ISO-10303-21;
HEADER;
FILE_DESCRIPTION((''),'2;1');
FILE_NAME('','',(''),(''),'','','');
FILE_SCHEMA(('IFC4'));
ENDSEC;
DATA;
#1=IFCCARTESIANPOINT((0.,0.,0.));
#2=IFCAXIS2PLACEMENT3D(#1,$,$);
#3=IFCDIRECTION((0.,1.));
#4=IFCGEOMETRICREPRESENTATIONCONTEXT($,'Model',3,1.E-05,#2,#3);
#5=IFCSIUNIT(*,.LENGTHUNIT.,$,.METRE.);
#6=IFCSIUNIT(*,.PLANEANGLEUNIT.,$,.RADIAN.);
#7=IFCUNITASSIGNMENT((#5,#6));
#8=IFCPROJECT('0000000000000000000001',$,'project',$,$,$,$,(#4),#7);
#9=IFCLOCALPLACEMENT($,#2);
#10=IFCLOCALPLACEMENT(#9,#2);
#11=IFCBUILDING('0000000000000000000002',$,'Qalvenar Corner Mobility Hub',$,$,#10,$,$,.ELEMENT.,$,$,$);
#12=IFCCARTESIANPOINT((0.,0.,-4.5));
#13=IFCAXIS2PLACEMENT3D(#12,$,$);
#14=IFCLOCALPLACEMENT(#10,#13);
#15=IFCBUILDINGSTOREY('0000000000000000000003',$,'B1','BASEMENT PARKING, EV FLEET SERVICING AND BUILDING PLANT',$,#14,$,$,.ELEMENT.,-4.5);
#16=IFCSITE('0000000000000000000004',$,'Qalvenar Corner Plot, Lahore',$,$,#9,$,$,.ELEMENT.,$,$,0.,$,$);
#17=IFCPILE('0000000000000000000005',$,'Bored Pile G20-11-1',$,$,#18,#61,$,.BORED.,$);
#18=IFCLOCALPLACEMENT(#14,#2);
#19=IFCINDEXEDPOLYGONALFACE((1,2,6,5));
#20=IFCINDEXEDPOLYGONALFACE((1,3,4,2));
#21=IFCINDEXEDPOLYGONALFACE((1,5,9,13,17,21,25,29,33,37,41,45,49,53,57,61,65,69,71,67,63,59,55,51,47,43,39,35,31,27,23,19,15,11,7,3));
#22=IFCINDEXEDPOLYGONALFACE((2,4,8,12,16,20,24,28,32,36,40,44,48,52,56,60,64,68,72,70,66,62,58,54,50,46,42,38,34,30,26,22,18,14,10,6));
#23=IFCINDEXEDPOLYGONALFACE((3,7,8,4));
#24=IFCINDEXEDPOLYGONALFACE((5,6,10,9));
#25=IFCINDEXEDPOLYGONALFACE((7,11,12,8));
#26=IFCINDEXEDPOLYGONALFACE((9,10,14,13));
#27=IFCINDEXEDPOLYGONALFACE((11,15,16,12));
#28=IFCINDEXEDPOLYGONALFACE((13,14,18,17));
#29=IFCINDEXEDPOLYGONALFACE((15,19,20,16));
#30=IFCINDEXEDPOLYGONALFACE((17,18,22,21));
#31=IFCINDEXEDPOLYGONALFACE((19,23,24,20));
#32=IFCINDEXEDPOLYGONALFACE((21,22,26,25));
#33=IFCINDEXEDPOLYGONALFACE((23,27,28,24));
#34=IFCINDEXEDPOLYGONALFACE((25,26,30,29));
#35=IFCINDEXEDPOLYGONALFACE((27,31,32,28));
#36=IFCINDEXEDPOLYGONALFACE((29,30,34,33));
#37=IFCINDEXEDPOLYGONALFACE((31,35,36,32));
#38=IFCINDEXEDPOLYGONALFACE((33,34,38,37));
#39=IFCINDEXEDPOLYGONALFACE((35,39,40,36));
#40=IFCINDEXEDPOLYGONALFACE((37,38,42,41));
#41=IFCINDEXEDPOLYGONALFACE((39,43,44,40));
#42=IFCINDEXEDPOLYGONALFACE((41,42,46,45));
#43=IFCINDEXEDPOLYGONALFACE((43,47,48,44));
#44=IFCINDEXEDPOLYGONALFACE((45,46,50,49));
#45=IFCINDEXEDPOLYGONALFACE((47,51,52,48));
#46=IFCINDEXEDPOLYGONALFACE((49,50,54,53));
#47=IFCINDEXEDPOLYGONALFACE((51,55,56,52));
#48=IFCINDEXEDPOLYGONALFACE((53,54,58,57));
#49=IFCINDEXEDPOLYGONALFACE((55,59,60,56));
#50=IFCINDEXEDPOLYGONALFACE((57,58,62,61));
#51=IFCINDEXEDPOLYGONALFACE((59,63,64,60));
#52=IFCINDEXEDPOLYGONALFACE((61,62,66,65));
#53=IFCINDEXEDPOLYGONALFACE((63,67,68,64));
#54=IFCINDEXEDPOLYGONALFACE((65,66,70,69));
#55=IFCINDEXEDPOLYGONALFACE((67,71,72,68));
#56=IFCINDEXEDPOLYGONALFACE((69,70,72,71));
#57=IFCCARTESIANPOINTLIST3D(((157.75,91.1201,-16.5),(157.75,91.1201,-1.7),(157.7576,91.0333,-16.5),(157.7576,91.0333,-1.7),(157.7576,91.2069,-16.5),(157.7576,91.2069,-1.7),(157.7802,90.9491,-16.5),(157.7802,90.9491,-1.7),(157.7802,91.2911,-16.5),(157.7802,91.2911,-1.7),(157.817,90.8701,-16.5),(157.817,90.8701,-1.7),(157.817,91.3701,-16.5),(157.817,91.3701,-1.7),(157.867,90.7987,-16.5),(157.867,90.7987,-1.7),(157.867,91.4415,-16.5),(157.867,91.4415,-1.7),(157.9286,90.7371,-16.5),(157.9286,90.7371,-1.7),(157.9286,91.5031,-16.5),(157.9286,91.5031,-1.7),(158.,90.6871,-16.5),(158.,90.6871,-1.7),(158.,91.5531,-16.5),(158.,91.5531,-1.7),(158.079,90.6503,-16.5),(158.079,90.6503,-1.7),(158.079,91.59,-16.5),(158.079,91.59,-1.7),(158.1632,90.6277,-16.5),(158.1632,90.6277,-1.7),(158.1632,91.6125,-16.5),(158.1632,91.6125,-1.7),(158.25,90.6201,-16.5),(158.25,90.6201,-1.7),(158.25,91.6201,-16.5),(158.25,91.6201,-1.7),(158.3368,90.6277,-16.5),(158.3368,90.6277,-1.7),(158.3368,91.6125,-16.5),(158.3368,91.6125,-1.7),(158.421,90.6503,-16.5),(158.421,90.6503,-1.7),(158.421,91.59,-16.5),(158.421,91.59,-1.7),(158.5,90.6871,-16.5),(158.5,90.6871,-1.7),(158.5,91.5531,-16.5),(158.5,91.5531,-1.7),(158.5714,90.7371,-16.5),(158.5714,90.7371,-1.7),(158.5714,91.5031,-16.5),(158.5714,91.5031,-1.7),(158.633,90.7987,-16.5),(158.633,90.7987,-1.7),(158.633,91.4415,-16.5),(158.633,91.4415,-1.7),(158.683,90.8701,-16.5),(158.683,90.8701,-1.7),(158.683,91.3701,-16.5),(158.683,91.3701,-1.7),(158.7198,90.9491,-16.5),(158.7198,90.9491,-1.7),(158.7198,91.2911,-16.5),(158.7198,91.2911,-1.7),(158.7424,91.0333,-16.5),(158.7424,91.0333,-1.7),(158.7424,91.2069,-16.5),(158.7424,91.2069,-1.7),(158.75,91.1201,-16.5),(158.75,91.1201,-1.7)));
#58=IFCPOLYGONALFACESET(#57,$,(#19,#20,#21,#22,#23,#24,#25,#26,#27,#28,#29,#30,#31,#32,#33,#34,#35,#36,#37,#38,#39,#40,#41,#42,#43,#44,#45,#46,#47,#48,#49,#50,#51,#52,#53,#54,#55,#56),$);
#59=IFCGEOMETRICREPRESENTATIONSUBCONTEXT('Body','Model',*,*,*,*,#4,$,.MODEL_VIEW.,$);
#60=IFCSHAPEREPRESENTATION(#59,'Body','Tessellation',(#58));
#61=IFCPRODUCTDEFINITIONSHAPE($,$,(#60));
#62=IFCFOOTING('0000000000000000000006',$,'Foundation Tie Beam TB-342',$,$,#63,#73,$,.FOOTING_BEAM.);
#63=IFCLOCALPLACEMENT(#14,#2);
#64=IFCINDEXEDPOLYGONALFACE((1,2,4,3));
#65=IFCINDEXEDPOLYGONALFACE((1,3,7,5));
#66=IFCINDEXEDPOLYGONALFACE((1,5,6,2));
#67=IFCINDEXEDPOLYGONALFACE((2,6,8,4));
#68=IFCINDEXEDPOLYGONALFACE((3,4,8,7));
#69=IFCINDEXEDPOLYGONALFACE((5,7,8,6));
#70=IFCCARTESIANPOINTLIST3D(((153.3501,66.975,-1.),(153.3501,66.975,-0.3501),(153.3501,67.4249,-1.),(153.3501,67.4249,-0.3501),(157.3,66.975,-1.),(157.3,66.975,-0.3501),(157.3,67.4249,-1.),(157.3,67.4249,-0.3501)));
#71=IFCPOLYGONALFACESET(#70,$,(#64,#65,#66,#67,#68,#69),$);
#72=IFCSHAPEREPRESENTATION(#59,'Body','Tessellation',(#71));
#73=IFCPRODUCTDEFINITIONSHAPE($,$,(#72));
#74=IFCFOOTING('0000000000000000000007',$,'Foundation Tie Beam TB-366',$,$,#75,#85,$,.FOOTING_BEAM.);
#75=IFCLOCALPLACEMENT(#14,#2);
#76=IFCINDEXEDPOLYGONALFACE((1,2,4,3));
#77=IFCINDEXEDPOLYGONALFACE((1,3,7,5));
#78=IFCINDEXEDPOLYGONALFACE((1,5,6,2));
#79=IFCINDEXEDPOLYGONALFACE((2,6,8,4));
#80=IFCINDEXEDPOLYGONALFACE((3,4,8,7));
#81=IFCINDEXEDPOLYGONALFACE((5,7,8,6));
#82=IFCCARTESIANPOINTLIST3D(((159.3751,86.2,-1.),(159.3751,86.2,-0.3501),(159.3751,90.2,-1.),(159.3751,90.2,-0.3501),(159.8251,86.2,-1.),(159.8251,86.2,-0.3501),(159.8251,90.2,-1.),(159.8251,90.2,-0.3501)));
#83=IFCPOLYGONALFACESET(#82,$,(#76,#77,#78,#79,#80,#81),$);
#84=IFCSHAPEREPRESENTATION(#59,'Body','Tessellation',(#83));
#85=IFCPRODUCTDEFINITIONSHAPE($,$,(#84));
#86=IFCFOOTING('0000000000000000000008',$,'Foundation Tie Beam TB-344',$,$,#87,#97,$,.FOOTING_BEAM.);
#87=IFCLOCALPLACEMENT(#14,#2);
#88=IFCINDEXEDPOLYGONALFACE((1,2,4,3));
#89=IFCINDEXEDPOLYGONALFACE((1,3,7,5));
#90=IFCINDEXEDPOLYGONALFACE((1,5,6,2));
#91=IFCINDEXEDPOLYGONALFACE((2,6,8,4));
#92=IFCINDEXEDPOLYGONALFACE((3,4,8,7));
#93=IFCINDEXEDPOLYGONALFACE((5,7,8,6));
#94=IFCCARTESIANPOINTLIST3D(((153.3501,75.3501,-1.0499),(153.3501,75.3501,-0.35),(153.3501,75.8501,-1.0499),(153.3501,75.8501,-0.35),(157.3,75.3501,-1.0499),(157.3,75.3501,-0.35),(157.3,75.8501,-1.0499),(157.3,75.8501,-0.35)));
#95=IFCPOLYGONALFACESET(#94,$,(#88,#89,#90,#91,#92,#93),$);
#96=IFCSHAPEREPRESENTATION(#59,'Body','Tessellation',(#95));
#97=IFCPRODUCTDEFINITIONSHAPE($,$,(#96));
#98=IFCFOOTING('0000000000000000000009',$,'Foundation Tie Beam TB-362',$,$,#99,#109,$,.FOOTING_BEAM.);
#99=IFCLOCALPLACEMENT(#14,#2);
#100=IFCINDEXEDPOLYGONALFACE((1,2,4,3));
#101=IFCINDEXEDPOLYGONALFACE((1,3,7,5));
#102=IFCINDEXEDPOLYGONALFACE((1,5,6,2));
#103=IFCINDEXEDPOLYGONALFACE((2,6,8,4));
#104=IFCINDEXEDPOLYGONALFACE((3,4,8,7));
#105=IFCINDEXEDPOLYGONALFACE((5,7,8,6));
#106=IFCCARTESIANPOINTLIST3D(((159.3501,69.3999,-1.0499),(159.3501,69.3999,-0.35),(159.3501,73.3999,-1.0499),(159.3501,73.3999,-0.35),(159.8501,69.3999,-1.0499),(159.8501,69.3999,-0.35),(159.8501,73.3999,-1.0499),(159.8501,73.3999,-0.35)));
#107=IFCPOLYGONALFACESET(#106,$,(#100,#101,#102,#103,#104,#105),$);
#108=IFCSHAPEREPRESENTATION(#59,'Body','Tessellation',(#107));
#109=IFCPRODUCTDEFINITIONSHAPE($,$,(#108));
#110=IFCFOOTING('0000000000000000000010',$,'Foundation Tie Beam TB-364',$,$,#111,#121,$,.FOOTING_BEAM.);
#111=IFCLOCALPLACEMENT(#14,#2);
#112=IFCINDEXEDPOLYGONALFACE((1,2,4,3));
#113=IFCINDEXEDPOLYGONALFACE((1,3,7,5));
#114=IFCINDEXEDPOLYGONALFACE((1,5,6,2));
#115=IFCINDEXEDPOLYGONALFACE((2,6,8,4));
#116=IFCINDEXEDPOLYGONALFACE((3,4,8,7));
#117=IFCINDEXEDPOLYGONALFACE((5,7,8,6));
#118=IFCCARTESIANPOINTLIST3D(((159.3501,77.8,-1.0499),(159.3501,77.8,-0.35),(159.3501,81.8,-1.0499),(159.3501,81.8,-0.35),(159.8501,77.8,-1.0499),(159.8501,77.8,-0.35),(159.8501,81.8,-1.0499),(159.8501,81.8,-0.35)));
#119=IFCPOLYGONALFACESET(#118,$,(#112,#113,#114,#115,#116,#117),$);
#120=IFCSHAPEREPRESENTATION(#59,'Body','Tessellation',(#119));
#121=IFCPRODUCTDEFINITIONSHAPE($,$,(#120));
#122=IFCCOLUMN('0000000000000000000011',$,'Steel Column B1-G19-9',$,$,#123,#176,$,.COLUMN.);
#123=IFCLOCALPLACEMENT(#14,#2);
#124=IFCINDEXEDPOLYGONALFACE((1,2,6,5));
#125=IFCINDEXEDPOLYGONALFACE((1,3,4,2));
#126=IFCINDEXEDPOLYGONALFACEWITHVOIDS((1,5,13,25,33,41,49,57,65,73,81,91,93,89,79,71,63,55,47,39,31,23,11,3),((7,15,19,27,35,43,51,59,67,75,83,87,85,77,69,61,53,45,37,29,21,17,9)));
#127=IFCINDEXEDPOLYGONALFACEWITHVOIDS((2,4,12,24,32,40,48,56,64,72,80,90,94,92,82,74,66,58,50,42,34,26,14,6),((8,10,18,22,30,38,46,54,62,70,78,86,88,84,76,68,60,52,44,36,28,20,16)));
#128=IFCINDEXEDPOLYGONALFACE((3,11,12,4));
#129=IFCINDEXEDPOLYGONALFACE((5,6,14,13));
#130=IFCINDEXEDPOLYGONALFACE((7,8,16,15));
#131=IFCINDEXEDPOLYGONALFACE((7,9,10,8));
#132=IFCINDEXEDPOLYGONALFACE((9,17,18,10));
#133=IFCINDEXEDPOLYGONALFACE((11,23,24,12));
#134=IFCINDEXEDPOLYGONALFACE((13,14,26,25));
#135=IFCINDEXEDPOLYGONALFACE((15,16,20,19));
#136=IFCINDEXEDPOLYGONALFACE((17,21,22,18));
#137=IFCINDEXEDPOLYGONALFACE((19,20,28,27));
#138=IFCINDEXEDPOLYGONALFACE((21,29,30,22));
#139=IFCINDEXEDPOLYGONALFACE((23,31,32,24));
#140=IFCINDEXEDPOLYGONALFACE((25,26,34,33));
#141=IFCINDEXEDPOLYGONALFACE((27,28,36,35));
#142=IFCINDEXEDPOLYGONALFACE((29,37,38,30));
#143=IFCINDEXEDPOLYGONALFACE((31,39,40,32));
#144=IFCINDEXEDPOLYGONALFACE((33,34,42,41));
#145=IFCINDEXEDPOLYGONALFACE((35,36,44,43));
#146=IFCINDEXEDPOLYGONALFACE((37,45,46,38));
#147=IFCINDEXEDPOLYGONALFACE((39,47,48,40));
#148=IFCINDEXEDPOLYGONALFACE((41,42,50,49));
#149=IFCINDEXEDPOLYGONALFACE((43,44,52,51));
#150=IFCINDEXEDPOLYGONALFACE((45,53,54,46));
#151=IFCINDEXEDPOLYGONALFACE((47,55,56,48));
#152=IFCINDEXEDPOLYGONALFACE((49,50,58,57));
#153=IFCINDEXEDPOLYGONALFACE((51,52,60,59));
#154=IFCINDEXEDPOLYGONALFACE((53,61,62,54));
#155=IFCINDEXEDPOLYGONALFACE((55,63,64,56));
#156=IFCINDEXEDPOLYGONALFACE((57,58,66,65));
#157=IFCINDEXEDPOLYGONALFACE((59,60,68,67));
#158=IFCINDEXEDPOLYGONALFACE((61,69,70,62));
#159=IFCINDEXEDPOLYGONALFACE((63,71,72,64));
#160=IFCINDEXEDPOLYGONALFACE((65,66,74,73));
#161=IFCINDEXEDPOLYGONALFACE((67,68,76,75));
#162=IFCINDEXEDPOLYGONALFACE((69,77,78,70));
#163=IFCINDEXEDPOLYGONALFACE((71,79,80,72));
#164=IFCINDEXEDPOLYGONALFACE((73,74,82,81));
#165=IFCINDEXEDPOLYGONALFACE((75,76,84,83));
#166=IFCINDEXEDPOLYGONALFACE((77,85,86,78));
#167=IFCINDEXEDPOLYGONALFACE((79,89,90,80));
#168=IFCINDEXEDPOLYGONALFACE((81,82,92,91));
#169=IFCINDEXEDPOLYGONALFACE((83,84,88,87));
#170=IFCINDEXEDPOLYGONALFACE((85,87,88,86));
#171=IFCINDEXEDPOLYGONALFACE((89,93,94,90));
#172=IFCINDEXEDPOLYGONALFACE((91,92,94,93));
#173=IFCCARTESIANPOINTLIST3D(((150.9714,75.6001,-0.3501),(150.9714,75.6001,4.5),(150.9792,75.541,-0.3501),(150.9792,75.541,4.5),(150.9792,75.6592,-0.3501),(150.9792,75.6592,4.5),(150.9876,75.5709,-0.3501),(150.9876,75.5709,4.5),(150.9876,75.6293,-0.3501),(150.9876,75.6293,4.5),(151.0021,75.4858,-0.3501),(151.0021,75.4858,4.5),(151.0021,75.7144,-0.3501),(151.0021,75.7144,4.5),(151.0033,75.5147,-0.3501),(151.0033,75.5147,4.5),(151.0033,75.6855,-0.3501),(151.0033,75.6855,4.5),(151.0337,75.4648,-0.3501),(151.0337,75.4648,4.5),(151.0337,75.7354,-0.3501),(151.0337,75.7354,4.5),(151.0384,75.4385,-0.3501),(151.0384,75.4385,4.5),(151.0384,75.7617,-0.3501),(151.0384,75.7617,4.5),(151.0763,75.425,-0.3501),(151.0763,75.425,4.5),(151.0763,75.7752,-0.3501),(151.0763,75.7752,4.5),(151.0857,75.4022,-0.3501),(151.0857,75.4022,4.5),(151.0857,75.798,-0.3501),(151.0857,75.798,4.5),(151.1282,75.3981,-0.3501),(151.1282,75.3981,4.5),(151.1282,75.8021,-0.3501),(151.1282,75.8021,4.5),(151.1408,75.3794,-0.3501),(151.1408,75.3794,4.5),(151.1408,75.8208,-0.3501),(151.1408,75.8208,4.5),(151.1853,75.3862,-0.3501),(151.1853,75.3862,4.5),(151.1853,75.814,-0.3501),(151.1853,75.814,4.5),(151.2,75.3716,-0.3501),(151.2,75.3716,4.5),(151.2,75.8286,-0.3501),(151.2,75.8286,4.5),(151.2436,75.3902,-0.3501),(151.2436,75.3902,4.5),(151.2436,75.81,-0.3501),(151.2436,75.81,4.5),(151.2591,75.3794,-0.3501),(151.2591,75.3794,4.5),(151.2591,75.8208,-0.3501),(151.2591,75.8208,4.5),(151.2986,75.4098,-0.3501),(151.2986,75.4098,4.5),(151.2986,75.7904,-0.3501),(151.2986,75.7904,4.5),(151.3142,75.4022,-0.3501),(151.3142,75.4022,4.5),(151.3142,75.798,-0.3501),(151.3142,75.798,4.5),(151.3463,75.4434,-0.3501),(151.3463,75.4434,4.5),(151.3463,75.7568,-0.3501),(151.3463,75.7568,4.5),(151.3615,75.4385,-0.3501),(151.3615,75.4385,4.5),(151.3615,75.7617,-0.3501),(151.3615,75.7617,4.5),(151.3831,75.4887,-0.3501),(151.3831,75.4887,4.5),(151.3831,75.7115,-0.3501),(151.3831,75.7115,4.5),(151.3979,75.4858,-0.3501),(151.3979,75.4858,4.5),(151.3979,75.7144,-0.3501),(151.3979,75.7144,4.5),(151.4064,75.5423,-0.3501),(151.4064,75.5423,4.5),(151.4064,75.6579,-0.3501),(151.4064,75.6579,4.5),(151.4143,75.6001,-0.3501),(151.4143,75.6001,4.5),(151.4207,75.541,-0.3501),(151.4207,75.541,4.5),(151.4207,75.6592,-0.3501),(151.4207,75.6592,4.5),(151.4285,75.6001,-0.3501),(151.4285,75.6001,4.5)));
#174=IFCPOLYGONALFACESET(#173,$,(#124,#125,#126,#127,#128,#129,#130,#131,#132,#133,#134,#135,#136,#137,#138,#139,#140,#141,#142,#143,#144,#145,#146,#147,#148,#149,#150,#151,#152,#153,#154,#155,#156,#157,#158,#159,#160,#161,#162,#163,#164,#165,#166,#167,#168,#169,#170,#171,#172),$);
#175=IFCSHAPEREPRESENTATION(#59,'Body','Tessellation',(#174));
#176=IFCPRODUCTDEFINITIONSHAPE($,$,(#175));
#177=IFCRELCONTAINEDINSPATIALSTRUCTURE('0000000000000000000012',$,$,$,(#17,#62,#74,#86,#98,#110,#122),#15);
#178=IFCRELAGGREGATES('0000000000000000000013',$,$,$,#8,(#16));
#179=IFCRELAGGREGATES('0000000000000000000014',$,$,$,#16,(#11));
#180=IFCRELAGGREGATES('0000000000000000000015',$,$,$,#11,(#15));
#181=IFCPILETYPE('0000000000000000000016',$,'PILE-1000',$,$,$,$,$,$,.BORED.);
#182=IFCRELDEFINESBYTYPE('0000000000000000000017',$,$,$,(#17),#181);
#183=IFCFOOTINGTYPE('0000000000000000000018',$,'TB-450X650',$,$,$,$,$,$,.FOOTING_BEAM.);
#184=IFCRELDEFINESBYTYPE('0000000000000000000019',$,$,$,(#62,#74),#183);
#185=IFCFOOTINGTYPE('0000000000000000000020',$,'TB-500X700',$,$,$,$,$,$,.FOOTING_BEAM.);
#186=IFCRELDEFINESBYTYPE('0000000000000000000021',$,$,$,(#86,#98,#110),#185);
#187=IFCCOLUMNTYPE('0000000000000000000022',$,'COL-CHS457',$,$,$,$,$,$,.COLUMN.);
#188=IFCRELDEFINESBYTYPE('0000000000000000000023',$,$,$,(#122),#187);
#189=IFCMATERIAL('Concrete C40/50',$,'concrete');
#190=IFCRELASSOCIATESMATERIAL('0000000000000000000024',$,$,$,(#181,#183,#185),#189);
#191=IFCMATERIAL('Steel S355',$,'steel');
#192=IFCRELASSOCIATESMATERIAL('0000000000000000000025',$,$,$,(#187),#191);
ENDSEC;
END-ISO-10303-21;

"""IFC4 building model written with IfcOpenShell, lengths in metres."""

from ifc_helpers import new_model, si_unit, direction, frame, origin, origin_2d, place, context, subcontext, project, spatial, rectangle, circle, hollow_circle, extrude, material, material_profile, profile_set, type_object, element, save


model = new_model("IFC4")

# Units and contexts
model_context = context("Model", 3, precision=1e-05, world=origin(), true_north=direction((0.0, 1.0)))
body_context = subcontext(model_context, "Body", "Model", "MODEL_VIEW")
ifc_project = project(units=[si_unit("LENGTHUNIT", "METRE"), si_unit("PLANEANGLEUNIT", "RADIAN")], contexts=[model_context])

# Site, building, storey
site_placement = place(None, origin())
site = spatial("IfcSite", under=ifc_project, at=site_placement, Name="Qalvenar Corner Plot, Lahore", CompositionType="ELEMENT", RefElevation=0.0)
building_placement = place(site_placement, origin())
building = spatial("IfcBuilding", under=site, at=building_placement, Name="Qalvenar Corner Mobility Hub", CompositionType="ELEMENT")
storey_placement = place(building_placement, frame((0.0, 0.0, -4.5)))
storey = spatial("IfcBuildingStorey", under=building, at=storey_placement, Name="B1", Description="BASEMENT PARKING, EV FLEET SERVICING AND BUILDING PLANT", CompositionType="ELEMENT", Elevation=-4.5)

# Shared definitions
ifc_material_1 = material(Name="Concrete C40/50", Category="concrete")

# Pile
ifc_material_profile_1 = material_profile(ifc_material_1, circle(Radius=0.5, at=origin_2d()), Name="DIA1000")
ifc_profile_set_1 = profile_set([ifc_material_profile_1], Name="Concrete C40/50")
pile_type = type_object("IfcPileType", Name="PILE-1000", PredefinedType="BORED", material=ifc_profile_set_1)
for number, where, z_axis, x_axis, name in (
    (1, (158.25, 91.1201, -1.7), (0.0, 0.0, -1.0), (1.0, 0.0, 0.0), "Bored Pile G20-11-1"),
):
    element("IfcPile", number, at=place(storey_placement, frame(where, z_axis=z_axis, x_axis=x_axis)), inside=storey, type_object=pile_type, Name=name, PredefinedType="BORED", context=body_context, shape_type="SweptSolid", body=[
        extrude(circle(Radius=0.5, at=origin_2d()), origin(), (0.0, 0.0, 1.0), 14.8),
    ])

# Footings
ifc_material_profile_2 = material_profile(ifc_material_1, rectangle(XDim=0.45, YDim=0.6499, at=origin_2d()), Name="RC450x650")
ifc_profile_set_2 = profile_set([ifc_material_profile_2], Name="Concrete C40/50")
footing_type_1 = type_object("IfcFootingType", Name="TB-450X650", PredefinedType="FOOTING_BEAM", material=ifc_profile_set_2)
footing_1_placement = place(storey_placement, frame((153.3501, 67.2, -0.675), z_axis=(1.0, 0.0, 0.0), x_axis=(0.0, 1.0, 0.0)))
element("IfcFooting", 2, at=footing_1_placement, inside=storey, type_object=footing_type_1, Name="Foundation Tie Beam TB-342", PredefinedType="FOOTING_BEAM", context=body_context, shape_type="SweptSolid", body=[
    extrude(rectangle(XDim=0.45, YDim=0.6499, at=origin_2d()), origin(), (0.0, 0.0, 1.0), 3.95),
])
footing_2_placement = place(storey_placement, frame((159.6001, 86.2, -0.675), z_axis=(0.0, 1.0, 0.0), x_axis=(-1.0, 0.0, 0.0)))
element("IfcFooting", 3, at=footing_2_placement, inside=storey, type_object=footing_type_1, Name="Foundation Tie Beam TB-366", PredefinedType="FOOTING_BEAM", context=body_context, shape_type="SweptSolid", body=[
    extrude(rectangle(XDim=0.45, YDim=0.6499, at=origin_2d()), origin(), (0.0, 0.0, 1.0), 4.0),
])
ifc_material_profile_3 = material_profile(ifc_material_1, rectangle(XDim=0.5, YDim=0.7, at=origin_2d()), Name="RC500x700")
ifc_profile_set_3 = profile_set([ifc_material_profile_3], Name="Concrete C40/50")
footing_type_2 = type_object("IfcFootingType", Name="TB-500X700", PredefinedType="FOOTING_BEAM", material=ifc_profile_set_3)
footing_3_placement = place(storey_placement, frame((153.3501, 75.6001, -0.7), z_axis=(1.0, 0.0, 0.0), x_axis=(0.0, 1.0, 0.0)))
element("IfcFooting", 4, at=footing_3_placement, inside=storey, type_object=footing_type_2, Name="Foundation Tie Beam TB-344", PredefinedType="FOOTING_BEAM", context=body_context, shape_type="SweptSolid", body=[
    extrude(rectangle(XDim=0.5, YDim=0.7, at=origin_2d()), origin(), (0.0, 0.0, 1.0), 3.95),
])
for number, where, z_axis, x_axis, name in (
    (5, (159.6001, 69.3999, -0.7), (0.0, 1.0, 0.0), (-1.0, 0.0, 0.0), "Foundation Tie Beam TB-362"),
    (6, (159.6001, 77.8, -0.7), (0.0, 1.0, 0.0), (-1.0, 0.0, 0.0), "Foundation Tie Beam TB-364"),
):
    element("IfcFooting", number, at=place(storey_placement, frame(where, z_axis=z_axis, x_axis=x_axis)), inside=storey, type_object=footing_type_2, Name=name, PredefinedType="FOOTING_BEAM", context=body_context, shape_type="SweptSolid", body=[
        extrude(rectangle(XDim=0.5, YDim=0.7, at=origin_2d()), origin(), (0.0, 0.0, 1.0), 4.0),
    ])

# Column
ifc_material_2 = material(Name="Steel S355", Category="steel")
ifc_material_profile_4 = material_profile(ifc_material_2, hollow_circle(Radius=0.2285, WallThickness=0.0142, at=origin_2d()), Name="CHS457x14.2")
ifc_profile_set_4 = profile_set([ifc_material_profile_4], Name="Steel S355")
column_type = type_object("IfcColumnType", Name="COL-CHS457", PredefinedType="COLUMN", material=ifc_profile_set_4)
for number, where, z_axis, x_axis, name in (
    (7, (151.2, 75.6001, -0.3501), (0.0, 0.0, 1.0), (1.0, 0.0, 0.0), "Steel Column B1-G19-9"),
):
    element("IfcColumn", number, at=place(storey_placement, frame(where, z_axis=z_axis, x_axis=x_axis)), inside=storey, type_object=column_type, Name=name, PredefinedType="COLUMN", context=body_context, shape_type="SweptSolid", body=[
        extrude(hollow_circle(Radius=0.2285, WallThickness=0.0142, at=origin_2d()), origin(), (0.0, 0.0, 1.0), 4.8501),
    ])

save(model, "model.ifc")
